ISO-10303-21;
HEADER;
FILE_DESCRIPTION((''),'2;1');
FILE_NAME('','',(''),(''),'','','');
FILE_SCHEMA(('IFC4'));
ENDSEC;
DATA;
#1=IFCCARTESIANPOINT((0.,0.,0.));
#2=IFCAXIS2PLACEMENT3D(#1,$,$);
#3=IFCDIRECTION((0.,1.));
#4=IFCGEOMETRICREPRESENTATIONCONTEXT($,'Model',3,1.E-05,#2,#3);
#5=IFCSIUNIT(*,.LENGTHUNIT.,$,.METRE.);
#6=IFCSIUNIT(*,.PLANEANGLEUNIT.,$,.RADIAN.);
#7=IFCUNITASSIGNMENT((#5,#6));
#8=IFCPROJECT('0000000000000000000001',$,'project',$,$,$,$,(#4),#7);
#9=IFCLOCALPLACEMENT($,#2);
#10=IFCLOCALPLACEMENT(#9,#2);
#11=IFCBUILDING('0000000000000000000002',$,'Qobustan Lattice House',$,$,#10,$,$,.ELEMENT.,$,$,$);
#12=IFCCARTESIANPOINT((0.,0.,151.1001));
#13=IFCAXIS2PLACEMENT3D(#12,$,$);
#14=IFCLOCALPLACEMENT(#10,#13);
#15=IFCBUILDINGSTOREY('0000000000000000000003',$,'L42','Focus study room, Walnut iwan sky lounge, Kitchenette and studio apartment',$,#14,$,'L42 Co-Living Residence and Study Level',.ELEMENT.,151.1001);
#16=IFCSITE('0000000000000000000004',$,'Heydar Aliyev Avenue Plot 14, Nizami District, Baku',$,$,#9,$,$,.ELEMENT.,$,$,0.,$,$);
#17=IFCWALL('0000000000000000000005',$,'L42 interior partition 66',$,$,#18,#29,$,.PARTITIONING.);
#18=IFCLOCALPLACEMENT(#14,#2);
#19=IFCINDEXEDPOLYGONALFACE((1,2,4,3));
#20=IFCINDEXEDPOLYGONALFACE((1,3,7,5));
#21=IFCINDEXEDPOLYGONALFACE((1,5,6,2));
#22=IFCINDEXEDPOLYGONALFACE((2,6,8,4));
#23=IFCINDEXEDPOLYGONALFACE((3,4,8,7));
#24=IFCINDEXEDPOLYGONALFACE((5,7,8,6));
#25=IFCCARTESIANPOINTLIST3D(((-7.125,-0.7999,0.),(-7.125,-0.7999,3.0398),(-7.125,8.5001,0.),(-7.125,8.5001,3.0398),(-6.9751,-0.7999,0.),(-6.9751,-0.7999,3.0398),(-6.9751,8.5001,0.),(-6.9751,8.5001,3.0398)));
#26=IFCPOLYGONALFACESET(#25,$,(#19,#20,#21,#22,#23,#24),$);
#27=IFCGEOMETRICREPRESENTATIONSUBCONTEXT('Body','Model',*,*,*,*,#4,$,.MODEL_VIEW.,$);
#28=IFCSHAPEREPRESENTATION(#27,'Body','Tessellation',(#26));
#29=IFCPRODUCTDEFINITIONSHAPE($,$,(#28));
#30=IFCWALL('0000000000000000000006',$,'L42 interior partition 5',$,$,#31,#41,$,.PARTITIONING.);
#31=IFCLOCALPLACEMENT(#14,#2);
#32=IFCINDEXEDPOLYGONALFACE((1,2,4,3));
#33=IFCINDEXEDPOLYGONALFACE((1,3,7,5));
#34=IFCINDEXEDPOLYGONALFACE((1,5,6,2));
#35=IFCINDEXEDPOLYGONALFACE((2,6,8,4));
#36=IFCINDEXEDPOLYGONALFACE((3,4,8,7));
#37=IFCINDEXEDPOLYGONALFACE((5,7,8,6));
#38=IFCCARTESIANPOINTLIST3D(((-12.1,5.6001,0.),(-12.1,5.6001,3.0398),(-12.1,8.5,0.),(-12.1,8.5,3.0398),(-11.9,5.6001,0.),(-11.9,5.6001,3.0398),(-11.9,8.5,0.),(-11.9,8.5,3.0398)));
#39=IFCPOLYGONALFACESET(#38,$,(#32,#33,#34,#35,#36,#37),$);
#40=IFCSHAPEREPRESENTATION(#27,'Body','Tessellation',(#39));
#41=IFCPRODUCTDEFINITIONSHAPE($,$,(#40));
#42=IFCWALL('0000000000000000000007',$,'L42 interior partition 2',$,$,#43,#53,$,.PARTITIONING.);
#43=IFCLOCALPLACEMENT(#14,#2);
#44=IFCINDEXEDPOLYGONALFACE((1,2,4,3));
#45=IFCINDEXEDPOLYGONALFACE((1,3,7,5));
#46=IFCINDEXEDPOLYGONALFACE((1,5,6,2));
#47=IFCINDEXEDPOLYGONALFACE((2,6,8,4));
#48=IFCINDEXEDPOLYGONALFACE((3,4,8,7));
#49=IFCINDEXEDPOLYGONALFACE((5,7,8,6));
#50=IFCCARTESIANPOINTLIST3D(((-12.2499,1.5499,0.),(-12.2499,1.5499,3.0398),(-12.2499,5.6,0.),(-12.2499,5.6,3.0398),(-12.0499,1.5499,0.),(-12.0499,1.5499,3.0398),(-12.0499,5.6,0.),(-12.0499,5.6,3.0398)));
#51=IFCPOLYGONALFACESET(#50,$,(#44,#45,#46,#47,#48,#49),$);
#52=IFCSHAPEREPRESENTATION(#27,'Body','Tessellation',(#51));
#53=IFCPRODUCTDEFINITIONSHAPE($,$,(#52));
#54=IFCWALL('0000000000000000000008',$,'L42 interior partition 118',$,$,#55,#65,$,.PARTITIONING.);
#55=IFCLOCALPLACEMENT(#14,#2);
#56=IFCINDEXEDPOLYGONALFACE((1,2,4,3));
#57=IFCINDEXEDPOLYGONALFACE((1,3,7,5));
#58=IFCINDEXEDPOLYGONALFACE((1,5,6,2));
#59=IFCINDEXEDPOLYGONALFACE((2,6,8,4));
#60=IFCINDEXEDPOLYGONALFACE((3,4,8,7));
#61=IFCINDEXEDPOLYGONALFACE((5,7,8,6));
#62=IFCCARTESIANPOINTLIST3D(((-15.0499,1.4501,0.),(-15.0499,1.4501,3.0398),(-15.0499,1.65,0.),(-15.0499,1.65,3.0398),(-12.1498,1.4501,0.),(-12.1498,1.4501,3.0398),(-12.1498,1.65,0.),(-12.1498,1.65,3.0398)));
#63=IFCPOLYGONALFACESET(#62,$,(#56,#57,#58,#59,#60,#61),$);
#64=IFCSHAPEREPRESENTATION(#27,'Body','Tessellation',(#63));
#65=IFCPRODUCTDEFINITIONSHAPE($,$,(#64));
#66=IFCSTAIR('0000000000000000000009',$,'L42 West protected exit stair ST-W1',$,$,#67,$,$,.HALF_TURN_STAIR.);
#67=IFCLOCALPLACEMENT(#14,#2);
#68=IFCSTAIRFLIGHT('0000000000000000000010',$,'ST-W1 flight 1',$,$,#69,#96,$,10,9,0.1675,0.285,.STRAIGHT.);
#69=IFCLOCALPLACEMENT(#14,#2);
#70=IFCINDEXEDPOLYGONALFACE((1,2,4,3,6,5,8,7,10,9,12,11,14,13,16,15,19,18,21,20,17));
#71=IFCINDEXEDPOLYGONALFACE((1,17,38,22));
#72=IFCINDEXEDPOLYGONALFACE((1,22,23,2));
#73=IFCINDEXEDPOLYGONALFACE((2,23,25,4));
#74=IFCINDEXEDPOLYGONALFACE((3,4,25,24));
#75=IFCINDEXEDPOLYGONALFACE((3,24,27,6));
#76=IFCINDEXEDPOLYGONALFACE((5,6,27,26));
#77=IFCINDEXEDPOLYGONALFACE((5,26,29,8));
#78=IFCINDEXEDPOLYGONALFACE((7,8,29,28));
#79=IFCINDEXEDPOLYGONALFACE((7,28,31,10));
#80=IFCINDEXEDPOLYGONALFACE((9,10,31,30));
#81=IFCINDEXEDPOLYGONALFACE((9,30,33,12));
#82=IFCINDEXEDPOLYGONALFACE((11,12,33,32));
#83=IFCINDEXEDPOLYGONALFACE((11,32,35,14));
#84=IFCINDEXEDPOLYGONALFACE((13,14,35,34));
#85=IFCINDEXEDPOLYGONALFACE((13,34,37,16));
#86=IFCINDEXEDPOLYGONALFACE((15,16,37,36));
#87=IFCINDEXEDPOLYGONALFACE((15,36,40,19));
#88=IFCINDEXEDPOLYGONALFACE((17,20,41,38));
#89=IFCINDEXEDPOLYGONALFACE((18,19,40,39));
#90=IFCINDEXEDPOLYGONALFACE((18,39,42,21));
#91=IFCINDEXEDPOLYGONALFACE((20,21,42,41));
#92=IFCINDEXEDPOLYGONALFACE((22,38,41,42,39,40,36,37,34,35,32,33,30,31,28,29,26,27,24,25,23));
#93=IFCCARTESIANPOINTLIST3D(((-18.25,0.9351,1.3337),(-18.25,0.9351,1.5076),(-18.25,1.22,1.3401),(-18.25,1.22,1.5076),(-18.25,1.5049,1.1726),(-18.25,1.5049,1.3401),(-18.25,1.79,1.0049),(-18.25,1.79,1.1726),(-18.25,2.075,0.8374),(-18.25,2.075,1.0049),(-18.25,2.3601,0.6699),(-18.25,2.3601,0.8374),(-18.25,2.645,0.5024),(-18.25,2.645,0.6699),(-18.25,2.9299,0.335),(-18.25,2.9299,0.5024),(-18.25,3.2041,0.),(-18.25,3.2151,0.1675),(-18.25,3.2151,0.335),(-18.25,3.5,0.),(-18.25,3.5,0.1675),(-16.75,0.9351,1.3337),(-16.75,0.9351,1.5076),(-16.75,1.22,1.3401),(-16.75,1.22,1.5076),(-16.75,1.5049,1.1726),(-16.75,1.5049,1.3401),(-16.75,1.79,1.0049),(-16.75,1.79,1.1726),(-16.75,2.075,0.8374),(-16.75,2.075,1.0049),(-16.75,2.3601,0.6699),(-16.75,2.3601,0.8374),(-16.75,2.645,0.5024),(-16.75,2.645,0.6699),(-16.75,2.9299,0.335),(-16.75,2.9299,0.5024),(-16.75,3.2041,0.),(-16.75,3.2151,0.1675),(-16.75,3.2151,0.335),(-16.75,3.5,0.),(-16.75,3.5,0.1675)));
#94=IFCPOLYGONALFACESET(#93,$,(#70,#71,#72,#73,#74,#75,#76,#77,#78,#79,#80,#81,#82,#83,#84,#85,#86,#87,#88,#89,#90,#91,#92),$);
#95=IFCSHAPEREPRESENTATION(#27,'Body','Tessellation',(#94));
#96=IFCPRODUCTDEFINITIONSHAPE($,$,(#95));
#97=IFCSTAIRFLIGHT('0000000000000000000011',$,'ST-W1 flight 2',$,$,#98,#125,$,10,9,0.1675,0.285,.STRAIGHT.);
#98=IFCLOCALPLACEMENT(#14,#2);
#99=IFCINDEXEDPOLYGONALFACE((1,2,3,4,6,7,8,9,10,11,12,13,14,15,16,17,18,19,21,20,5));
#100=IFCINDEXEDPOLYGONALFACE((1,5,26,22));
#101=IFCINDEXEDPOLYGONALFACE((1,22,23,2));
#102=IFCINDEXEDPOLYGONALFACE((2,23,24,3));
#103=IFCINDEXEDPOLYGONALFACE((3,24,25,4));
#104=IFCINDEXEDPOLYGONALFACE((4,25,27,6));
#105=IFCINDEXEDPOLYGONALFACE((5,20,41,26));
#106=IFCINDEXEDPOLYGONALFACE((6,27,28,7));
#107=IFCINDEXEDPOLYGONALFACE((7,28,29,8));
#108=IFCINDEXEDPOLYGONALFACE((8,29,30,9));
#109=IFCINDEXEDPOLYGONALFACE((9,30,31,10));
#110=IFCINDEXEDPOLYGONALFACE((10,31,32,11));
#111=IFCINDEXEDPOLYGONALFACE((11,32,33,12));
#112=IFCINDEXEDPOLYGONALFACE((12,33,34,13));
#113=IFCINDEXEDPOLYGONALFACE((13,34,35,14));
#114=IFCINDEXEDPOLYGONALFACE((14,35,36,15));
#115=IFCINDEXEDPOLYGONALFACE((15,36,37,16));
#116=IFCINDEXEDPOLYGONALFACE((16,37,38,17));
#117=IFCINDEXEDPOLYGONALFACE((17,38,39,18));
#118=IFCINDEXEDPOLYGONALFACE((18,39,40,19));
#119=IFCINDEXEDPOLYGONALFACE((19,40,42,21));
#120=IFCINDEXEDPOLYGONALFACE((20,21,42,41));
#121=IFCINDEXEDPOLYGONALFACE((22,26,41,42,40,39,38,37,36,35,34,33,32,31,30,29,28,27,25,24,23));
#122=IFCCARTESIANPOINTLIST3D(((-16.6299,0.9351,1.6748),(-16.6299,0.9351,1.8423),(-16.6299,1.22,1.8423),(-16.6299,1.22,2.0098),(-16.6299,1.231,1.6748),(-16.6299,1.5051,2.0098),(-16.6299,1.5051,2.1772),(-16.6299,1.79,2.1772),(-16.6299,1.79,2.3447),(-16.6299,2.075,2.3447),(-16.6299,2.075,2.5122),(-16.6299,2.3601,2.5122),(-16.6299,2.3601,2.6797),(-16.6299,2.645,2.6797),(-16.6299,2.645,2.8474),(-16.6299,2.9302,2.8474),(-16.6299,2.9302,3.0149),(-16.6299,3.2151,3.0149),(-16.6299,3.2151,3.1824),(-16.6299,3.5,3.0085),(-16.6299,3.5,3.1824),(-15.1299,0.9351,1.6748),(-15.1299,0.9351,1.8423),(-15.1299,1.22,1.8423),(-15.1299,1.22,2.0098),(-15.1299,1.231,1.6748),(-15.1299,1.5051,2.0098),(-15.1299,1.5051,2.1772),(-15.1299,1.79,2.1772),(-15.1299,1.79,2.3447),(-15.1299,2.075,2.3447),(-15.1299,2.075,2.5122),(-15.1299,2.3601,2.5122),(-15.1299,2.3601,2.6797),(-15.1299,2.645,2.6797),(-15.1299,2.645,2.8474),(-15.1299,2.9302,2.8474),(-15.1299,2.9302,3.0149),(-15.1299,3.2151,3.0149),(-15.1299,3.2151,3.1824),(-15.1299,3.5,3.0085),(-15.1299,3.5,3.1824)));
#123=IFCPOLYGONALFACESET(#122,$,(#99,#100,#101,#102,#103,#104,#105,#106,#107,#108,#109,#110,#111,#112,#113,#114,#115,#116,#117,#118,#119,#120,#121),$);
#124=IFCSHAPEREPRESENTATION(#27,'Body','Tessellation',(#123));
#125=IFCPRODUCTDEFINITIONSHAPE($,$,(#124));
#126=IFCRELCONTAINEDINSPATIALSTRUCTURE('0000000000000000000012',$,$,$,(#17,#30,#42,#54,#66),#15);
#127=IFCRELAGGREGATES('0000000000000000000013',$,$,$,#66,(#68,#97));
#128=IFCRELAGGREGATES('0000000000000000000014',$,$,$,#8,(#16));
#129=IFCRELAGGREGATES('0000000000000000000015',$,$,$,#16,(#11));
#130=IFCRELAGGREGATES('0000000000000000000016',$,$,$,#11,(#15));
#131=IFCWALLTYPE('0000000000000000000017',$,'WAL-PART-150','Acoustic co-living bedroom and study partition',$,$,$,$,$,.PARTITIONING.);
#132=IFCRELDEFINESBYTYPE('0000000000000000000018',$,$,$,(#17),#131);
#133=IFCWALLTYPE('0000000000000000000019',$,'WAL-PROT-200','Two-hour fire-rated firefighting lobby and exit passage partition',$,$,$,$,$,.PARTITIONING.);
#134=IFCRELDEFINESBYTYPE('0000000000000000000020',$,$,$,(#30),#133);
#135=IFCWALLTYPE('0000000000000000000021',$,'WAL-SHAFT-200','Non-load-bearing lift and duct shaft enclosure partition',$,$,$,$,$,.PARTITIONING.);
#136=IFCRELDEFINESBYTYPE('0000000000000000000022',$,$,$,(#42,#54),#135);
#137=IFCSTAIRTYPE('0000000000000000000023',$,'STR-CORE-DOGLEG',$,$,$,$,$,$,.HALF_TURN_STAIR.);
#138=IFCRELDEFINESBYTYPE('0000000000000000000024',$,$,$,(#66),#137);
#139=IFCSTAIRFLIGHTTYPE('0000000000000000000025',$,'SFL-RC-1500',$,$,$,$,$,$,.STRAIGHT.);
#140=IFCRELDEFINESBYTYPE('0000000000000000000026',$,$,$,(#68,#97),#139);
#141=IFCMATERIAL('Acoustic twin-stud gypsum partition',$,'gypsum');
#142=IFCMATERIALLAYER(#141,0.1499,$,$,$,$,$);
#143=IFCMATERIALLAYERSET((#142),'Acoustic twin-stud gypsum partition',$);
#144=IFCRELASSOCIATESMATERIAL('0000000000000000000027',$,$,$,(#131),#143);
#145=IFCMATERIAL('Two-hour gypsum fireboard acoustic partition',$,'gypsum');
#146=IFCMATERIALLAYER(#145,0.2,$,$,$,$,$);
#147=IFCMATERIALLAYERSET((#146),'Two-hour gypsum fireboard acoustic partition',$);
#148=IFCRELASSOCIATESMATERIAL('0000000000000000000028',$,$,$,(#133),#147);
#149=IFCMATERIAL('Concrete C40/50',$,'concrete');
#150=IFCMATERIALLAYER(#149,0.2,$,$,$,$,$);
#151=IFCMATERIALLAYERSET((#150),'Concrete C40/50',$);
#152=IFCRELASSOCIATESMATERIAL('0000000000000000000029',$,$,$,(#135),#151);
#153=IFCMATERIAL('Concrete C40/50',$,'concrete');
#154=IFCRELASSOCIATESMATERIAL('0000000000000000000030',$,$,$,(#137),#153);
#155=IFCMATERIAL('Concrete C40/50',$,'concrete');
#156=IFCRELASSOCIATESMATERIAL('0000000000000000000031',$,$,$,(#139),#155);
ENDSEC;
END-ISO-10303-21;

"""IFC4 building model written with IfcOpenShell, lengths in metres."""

from ifc_helpers import new_model, si_unit, direction, frame, frame_2d, origin, place, context, subcontext, project, spatial, polyline, rectangle, outline, extrude, material, layer, layer_set, type_object, element, aggregate, save


model = new_model("IFC4")

# Units and contexts
model_context = context("Model", 3, precision=1e-05, world=origin(), true_north=direction((0.0, 1.0)))
body_context = subcontext(model_context, "Body", "Model", "MODEL_VIEW")
ifc_project = project(units=[si_unit("LENGTHUNIT", "METRE"), si_unit("PLANEANGLEUNIT", "RADIAN")], contexts=[model_context])

# Site, building, storey
site_placement = place(None, origin())
site = spatial("IfcSite", under=ifc_project, at=site_placement, Name="Heydar Aliyev Avenue Plot 14, Nizami District, Baku", CompositionType="ELEMENT", RefElevation=0.0)
building_placement = place(site_placement, origin())
building = spatial("IfcBuilding", under=site, at=building_placement, Name="Qobustan Lattice House", CompositionType="ELEMENT")
storey_placement = place(building_placement, frame((0.0, 0.0, 151.1001)))
storey = spatial("IfcBuildingStorey", under=building, at=storey_placement, Name="L42", Description="Focus study room, Walnut iwan sky lounge, Kitchenette and studio apartment", LongName="L42 Co-Living Residence and Study Level", CompositionType="ELEMENT", Elevation=151.1001)

# Wall
ifc_material_1 = material(Name="Acoustic twin-stud gypsum partition", Category="gypsum")
ifc_layer_1 = layer(ifc_material_1, 0.1499)
ifc_layer_set_1 = layer_set([ifc_layer_1], Name="Acoustic twin-stud gypsum partition")
wall_type_1 = type_object("IfcWallType", Name="WAL-PART-150", Description="Acoustic co-living bedroom and study partition", PredefinedType="PARTITIONING", material=ifc_layer_set_1)
wall_1_placement = place(storey_placement, frame((-7.05, 8.5, 0.0), z_axis=(0.0, 0.0, 1.0), x_axis=(0.0, -1.0, 0.0)))
element("IfcWall", 1, at=wall_1_placement, inside=storey, type_object=wall_type_1, Name="L42 interior partition 66", PredefinedType="PARTITIONING", context=body_context, shape_type="SweptSolid", body=[
    extrude(rectangle(XDim=9.3, YDim=0.1499, at=frame_2d((4.6499, 0.0))), origin(), (0.0, 0.0, 1.0), 3.0398),
])

# Shared definitions
ifc_material_2 = material(Name="Two-hour gypsum fireboard acoustic partition", Category="gypsum")
ifc_layer_2 = layer(ifc_material_2, 0.2)
ifc_layer_set_2 = layer_set([ifc_layer_2], Name="Two-hour gypsum fireboard acoustic partition")
wall_type_2 = type_object("IfcWallType", Name="WAL-PROT-200", Description="Two-hour fire-rated firefighting lobby and exit passage partition", PredefinedType="PARTITIONING", material=ifc_layer_set_2)

# Walls
wall_2_placement = place(storey_placement, frame((-12.0, 5.6001, 0.0), z_axis=(0.0, 0.0, 1.0), x_axis=(0.0, 1.0, 0.0)))
element("IfcWall", 2, at=wall_2_placement, inside=storey, type_object=wall_type_2, Name="L42 interior partition 5", PredefinedType="PARTITIONING", context=body_context, shape_type="SweptSolid", body=[
    extrude(rectangle(XDim=2.8999, YDim=0.2, at=frame_2d((1.45, 0.0))), origin(), (0.0, 0.0, 1.0), 3.0398),
])
ifc_material_3 = material(Name="Concrete C40/50", Category="concrete")
ifc_layer_3 = layer(ifc_material_3, 0.2)
ifc_layer_set_3 = layer_set([ifc_layer_3], Name="Concrete C40/50")
wall_type_3 = type_object("IfcWallType", Name="WAL-SHAFT-200", Description="Non-load-bearing lift and duct shaft enclosure partition", PredefinedType="PARTITIONING", material=ifc_layer_set_3)
wall_3_placement = place(storey_placement, frame((-12.1499, 1.55, 0.0), z_axis=(0.0, 0.0, 1.0), x_axis=(0.0, 1.0, 0.0)))
element("IfcWall", 3, at=wall_3_placement, inside=storey, type_object=wall_type_3, Name="L42 interior partition 2", PredefinedType="PARTITIONING", context=body_context, shape_type="SweptSolid", body=[
    extrude(rectangle(XDim=4.05, YDim=0.2, at=frame_2d((2.0249, 0.0))), origin(), (0.0, 0.0, 1.0), 3.0398),
])
wall_4_placement = place(storey_placement, frame((-15.05, 1.55, 0.0), z_axis=(0.0, 0.0, 1.0), x_axis=(1.0, 0.0, 0.0)))
element("IfcWall", 4, at=wall_4_placement, inside=storey, type_object=wall_type_3, Name="L42 interior partition 118", PredefinedType="PARTITIONING", context=body_context, shape_type="SweptSolid", body=[
    extrude(rectangle(XDim=2.9001, YDim=0.2, at=frame_2d((1.4502, 0.0))), origin(), (0.0, 0.0, 1.0), 3.0398),
])

# Stair, stair flights
ifc_material_4 = material(Name="Concrete C40/50", Category="concrete")
stair_type = type_object("IfcStairType", Name="STR-CORE-DOGLEG", PredefinedType="HALF_TURN_STAIR", material=ifc_material_4)
stair_placement = place(storey_placement, origin())
stair = element("IfcStair", 5, at=stair_placement, inside=storey, type_object=stair_type, Name="L42 West protected exit stair ST-W1", PredefinedType="HALF_TURN_STAIR")
ifc_material_5 = material(Name="Concrete C40/50", Category="concrete")
stair_flight_type = type_object("IfcStairFlightType", Name="SFL-RC-1500", PredefinedType="STRAIGHT", material=ifc_material_5)
stair_flight_1_placement = place(storey_placement, frame((-17.5, 3.5, 0.0), z_axis=(0.0, 0.0, 1.0), x_axis=(0.0, -1.0, 0.0)))
stair_flight_1 = element("IfcStairFlight", 6, at=stair_flight_1_placement, type_object=stair_flight_type, Name="ST-W1 flight 1", NumberOfRisers=10, NumberOfTreads=9, PredefinedType="STRAIGHT", RiserHeight=0.1675, TreadLength=0.285, context=body_context, shape_type="SweptSolid", body=[
    extrude(outline(polyline([(0.0, 0.0), (0.0, 0.1675), (0.2849, 0.1675), (0.2849, 0.335), (0.5701, 0.335), (0.5701, 0.5024), (0.855, 0.5024), (0.855, 0.6699), (1.1399, 0.6699), (1.1399, 0.8374), (1.425, 0.8374), (1.425, 1.0049), (1.71, 1.0049), (1.71, 1.1726), (1.9951, 1.1726), (1.9951, 1.3401), (2.28, 1.3401), (2.28, 1.5076), (2.5649, 1.5076), (2.5649, 1.675), (2.5649, 1.3337), (0.2959, 0.0), (0.0, 0.0)])), frame((0.0, 0.75, 0.0), z_axis=(0.0, -1.0, 0.0), x_axis=(1.0, 0.0, 0.0)), (0.0, 0.0, 1.0), 1.5),
])
stair_flight_2_placement = place(storey_placement, frame((-15.8799, 0.9351, 1.6748), z_axis=(0.0, 0.0, 1.0), x_axis=(0.0, 1.0, 0.0)))
stair_flight_2 = element("IfcStairFlight", 7, at=stair_flight_2_placement, type_object=stair_flight_type, Name="ST-W1 flight 2", NumberOfRisers=10, NumberOfTreads=9, PredefinedType="STRAIGHT", RiserHeight=0.1675, TreadLength=0.285, context=body_context, shape_type="SweptSolid", body=[
    extrude(outline(polyline([(0.0, 0.0), (0.0, 0.1675), (0.2849, 0.1675), (0.2849, 0.335), (0.5701, 0.335), (0.5701, 0.5024), (0.855, 0.5024), (0.855, 0.6699), (1.1399, 0.6699), (1.1399, 0.8374), (1.425, 0.8374), (1.425, 1.0049), (1.71, 1.0049), (1.71, 1.1726), (1.9951, 1.1726), (1.9951, 1.3401), (2.28, 1.3401), (2.28, 1.5076), (2.5649, 1.5076), (2.5649, 1.675), (2.5649, 1.3337), (0.2959, 0.0), (0.0, 0.0)])), frame((0.0, 0.75, 0.0), z_axis=(0.0, -1.0, 0.0), x_axis=(1.0, 0.0, 0.0)), (0.0, 0.0, 1.0), 1.5),
])
aggregate(stair, [stair_flight_1, stair_flight_2])

save(model, "model.ifc")
